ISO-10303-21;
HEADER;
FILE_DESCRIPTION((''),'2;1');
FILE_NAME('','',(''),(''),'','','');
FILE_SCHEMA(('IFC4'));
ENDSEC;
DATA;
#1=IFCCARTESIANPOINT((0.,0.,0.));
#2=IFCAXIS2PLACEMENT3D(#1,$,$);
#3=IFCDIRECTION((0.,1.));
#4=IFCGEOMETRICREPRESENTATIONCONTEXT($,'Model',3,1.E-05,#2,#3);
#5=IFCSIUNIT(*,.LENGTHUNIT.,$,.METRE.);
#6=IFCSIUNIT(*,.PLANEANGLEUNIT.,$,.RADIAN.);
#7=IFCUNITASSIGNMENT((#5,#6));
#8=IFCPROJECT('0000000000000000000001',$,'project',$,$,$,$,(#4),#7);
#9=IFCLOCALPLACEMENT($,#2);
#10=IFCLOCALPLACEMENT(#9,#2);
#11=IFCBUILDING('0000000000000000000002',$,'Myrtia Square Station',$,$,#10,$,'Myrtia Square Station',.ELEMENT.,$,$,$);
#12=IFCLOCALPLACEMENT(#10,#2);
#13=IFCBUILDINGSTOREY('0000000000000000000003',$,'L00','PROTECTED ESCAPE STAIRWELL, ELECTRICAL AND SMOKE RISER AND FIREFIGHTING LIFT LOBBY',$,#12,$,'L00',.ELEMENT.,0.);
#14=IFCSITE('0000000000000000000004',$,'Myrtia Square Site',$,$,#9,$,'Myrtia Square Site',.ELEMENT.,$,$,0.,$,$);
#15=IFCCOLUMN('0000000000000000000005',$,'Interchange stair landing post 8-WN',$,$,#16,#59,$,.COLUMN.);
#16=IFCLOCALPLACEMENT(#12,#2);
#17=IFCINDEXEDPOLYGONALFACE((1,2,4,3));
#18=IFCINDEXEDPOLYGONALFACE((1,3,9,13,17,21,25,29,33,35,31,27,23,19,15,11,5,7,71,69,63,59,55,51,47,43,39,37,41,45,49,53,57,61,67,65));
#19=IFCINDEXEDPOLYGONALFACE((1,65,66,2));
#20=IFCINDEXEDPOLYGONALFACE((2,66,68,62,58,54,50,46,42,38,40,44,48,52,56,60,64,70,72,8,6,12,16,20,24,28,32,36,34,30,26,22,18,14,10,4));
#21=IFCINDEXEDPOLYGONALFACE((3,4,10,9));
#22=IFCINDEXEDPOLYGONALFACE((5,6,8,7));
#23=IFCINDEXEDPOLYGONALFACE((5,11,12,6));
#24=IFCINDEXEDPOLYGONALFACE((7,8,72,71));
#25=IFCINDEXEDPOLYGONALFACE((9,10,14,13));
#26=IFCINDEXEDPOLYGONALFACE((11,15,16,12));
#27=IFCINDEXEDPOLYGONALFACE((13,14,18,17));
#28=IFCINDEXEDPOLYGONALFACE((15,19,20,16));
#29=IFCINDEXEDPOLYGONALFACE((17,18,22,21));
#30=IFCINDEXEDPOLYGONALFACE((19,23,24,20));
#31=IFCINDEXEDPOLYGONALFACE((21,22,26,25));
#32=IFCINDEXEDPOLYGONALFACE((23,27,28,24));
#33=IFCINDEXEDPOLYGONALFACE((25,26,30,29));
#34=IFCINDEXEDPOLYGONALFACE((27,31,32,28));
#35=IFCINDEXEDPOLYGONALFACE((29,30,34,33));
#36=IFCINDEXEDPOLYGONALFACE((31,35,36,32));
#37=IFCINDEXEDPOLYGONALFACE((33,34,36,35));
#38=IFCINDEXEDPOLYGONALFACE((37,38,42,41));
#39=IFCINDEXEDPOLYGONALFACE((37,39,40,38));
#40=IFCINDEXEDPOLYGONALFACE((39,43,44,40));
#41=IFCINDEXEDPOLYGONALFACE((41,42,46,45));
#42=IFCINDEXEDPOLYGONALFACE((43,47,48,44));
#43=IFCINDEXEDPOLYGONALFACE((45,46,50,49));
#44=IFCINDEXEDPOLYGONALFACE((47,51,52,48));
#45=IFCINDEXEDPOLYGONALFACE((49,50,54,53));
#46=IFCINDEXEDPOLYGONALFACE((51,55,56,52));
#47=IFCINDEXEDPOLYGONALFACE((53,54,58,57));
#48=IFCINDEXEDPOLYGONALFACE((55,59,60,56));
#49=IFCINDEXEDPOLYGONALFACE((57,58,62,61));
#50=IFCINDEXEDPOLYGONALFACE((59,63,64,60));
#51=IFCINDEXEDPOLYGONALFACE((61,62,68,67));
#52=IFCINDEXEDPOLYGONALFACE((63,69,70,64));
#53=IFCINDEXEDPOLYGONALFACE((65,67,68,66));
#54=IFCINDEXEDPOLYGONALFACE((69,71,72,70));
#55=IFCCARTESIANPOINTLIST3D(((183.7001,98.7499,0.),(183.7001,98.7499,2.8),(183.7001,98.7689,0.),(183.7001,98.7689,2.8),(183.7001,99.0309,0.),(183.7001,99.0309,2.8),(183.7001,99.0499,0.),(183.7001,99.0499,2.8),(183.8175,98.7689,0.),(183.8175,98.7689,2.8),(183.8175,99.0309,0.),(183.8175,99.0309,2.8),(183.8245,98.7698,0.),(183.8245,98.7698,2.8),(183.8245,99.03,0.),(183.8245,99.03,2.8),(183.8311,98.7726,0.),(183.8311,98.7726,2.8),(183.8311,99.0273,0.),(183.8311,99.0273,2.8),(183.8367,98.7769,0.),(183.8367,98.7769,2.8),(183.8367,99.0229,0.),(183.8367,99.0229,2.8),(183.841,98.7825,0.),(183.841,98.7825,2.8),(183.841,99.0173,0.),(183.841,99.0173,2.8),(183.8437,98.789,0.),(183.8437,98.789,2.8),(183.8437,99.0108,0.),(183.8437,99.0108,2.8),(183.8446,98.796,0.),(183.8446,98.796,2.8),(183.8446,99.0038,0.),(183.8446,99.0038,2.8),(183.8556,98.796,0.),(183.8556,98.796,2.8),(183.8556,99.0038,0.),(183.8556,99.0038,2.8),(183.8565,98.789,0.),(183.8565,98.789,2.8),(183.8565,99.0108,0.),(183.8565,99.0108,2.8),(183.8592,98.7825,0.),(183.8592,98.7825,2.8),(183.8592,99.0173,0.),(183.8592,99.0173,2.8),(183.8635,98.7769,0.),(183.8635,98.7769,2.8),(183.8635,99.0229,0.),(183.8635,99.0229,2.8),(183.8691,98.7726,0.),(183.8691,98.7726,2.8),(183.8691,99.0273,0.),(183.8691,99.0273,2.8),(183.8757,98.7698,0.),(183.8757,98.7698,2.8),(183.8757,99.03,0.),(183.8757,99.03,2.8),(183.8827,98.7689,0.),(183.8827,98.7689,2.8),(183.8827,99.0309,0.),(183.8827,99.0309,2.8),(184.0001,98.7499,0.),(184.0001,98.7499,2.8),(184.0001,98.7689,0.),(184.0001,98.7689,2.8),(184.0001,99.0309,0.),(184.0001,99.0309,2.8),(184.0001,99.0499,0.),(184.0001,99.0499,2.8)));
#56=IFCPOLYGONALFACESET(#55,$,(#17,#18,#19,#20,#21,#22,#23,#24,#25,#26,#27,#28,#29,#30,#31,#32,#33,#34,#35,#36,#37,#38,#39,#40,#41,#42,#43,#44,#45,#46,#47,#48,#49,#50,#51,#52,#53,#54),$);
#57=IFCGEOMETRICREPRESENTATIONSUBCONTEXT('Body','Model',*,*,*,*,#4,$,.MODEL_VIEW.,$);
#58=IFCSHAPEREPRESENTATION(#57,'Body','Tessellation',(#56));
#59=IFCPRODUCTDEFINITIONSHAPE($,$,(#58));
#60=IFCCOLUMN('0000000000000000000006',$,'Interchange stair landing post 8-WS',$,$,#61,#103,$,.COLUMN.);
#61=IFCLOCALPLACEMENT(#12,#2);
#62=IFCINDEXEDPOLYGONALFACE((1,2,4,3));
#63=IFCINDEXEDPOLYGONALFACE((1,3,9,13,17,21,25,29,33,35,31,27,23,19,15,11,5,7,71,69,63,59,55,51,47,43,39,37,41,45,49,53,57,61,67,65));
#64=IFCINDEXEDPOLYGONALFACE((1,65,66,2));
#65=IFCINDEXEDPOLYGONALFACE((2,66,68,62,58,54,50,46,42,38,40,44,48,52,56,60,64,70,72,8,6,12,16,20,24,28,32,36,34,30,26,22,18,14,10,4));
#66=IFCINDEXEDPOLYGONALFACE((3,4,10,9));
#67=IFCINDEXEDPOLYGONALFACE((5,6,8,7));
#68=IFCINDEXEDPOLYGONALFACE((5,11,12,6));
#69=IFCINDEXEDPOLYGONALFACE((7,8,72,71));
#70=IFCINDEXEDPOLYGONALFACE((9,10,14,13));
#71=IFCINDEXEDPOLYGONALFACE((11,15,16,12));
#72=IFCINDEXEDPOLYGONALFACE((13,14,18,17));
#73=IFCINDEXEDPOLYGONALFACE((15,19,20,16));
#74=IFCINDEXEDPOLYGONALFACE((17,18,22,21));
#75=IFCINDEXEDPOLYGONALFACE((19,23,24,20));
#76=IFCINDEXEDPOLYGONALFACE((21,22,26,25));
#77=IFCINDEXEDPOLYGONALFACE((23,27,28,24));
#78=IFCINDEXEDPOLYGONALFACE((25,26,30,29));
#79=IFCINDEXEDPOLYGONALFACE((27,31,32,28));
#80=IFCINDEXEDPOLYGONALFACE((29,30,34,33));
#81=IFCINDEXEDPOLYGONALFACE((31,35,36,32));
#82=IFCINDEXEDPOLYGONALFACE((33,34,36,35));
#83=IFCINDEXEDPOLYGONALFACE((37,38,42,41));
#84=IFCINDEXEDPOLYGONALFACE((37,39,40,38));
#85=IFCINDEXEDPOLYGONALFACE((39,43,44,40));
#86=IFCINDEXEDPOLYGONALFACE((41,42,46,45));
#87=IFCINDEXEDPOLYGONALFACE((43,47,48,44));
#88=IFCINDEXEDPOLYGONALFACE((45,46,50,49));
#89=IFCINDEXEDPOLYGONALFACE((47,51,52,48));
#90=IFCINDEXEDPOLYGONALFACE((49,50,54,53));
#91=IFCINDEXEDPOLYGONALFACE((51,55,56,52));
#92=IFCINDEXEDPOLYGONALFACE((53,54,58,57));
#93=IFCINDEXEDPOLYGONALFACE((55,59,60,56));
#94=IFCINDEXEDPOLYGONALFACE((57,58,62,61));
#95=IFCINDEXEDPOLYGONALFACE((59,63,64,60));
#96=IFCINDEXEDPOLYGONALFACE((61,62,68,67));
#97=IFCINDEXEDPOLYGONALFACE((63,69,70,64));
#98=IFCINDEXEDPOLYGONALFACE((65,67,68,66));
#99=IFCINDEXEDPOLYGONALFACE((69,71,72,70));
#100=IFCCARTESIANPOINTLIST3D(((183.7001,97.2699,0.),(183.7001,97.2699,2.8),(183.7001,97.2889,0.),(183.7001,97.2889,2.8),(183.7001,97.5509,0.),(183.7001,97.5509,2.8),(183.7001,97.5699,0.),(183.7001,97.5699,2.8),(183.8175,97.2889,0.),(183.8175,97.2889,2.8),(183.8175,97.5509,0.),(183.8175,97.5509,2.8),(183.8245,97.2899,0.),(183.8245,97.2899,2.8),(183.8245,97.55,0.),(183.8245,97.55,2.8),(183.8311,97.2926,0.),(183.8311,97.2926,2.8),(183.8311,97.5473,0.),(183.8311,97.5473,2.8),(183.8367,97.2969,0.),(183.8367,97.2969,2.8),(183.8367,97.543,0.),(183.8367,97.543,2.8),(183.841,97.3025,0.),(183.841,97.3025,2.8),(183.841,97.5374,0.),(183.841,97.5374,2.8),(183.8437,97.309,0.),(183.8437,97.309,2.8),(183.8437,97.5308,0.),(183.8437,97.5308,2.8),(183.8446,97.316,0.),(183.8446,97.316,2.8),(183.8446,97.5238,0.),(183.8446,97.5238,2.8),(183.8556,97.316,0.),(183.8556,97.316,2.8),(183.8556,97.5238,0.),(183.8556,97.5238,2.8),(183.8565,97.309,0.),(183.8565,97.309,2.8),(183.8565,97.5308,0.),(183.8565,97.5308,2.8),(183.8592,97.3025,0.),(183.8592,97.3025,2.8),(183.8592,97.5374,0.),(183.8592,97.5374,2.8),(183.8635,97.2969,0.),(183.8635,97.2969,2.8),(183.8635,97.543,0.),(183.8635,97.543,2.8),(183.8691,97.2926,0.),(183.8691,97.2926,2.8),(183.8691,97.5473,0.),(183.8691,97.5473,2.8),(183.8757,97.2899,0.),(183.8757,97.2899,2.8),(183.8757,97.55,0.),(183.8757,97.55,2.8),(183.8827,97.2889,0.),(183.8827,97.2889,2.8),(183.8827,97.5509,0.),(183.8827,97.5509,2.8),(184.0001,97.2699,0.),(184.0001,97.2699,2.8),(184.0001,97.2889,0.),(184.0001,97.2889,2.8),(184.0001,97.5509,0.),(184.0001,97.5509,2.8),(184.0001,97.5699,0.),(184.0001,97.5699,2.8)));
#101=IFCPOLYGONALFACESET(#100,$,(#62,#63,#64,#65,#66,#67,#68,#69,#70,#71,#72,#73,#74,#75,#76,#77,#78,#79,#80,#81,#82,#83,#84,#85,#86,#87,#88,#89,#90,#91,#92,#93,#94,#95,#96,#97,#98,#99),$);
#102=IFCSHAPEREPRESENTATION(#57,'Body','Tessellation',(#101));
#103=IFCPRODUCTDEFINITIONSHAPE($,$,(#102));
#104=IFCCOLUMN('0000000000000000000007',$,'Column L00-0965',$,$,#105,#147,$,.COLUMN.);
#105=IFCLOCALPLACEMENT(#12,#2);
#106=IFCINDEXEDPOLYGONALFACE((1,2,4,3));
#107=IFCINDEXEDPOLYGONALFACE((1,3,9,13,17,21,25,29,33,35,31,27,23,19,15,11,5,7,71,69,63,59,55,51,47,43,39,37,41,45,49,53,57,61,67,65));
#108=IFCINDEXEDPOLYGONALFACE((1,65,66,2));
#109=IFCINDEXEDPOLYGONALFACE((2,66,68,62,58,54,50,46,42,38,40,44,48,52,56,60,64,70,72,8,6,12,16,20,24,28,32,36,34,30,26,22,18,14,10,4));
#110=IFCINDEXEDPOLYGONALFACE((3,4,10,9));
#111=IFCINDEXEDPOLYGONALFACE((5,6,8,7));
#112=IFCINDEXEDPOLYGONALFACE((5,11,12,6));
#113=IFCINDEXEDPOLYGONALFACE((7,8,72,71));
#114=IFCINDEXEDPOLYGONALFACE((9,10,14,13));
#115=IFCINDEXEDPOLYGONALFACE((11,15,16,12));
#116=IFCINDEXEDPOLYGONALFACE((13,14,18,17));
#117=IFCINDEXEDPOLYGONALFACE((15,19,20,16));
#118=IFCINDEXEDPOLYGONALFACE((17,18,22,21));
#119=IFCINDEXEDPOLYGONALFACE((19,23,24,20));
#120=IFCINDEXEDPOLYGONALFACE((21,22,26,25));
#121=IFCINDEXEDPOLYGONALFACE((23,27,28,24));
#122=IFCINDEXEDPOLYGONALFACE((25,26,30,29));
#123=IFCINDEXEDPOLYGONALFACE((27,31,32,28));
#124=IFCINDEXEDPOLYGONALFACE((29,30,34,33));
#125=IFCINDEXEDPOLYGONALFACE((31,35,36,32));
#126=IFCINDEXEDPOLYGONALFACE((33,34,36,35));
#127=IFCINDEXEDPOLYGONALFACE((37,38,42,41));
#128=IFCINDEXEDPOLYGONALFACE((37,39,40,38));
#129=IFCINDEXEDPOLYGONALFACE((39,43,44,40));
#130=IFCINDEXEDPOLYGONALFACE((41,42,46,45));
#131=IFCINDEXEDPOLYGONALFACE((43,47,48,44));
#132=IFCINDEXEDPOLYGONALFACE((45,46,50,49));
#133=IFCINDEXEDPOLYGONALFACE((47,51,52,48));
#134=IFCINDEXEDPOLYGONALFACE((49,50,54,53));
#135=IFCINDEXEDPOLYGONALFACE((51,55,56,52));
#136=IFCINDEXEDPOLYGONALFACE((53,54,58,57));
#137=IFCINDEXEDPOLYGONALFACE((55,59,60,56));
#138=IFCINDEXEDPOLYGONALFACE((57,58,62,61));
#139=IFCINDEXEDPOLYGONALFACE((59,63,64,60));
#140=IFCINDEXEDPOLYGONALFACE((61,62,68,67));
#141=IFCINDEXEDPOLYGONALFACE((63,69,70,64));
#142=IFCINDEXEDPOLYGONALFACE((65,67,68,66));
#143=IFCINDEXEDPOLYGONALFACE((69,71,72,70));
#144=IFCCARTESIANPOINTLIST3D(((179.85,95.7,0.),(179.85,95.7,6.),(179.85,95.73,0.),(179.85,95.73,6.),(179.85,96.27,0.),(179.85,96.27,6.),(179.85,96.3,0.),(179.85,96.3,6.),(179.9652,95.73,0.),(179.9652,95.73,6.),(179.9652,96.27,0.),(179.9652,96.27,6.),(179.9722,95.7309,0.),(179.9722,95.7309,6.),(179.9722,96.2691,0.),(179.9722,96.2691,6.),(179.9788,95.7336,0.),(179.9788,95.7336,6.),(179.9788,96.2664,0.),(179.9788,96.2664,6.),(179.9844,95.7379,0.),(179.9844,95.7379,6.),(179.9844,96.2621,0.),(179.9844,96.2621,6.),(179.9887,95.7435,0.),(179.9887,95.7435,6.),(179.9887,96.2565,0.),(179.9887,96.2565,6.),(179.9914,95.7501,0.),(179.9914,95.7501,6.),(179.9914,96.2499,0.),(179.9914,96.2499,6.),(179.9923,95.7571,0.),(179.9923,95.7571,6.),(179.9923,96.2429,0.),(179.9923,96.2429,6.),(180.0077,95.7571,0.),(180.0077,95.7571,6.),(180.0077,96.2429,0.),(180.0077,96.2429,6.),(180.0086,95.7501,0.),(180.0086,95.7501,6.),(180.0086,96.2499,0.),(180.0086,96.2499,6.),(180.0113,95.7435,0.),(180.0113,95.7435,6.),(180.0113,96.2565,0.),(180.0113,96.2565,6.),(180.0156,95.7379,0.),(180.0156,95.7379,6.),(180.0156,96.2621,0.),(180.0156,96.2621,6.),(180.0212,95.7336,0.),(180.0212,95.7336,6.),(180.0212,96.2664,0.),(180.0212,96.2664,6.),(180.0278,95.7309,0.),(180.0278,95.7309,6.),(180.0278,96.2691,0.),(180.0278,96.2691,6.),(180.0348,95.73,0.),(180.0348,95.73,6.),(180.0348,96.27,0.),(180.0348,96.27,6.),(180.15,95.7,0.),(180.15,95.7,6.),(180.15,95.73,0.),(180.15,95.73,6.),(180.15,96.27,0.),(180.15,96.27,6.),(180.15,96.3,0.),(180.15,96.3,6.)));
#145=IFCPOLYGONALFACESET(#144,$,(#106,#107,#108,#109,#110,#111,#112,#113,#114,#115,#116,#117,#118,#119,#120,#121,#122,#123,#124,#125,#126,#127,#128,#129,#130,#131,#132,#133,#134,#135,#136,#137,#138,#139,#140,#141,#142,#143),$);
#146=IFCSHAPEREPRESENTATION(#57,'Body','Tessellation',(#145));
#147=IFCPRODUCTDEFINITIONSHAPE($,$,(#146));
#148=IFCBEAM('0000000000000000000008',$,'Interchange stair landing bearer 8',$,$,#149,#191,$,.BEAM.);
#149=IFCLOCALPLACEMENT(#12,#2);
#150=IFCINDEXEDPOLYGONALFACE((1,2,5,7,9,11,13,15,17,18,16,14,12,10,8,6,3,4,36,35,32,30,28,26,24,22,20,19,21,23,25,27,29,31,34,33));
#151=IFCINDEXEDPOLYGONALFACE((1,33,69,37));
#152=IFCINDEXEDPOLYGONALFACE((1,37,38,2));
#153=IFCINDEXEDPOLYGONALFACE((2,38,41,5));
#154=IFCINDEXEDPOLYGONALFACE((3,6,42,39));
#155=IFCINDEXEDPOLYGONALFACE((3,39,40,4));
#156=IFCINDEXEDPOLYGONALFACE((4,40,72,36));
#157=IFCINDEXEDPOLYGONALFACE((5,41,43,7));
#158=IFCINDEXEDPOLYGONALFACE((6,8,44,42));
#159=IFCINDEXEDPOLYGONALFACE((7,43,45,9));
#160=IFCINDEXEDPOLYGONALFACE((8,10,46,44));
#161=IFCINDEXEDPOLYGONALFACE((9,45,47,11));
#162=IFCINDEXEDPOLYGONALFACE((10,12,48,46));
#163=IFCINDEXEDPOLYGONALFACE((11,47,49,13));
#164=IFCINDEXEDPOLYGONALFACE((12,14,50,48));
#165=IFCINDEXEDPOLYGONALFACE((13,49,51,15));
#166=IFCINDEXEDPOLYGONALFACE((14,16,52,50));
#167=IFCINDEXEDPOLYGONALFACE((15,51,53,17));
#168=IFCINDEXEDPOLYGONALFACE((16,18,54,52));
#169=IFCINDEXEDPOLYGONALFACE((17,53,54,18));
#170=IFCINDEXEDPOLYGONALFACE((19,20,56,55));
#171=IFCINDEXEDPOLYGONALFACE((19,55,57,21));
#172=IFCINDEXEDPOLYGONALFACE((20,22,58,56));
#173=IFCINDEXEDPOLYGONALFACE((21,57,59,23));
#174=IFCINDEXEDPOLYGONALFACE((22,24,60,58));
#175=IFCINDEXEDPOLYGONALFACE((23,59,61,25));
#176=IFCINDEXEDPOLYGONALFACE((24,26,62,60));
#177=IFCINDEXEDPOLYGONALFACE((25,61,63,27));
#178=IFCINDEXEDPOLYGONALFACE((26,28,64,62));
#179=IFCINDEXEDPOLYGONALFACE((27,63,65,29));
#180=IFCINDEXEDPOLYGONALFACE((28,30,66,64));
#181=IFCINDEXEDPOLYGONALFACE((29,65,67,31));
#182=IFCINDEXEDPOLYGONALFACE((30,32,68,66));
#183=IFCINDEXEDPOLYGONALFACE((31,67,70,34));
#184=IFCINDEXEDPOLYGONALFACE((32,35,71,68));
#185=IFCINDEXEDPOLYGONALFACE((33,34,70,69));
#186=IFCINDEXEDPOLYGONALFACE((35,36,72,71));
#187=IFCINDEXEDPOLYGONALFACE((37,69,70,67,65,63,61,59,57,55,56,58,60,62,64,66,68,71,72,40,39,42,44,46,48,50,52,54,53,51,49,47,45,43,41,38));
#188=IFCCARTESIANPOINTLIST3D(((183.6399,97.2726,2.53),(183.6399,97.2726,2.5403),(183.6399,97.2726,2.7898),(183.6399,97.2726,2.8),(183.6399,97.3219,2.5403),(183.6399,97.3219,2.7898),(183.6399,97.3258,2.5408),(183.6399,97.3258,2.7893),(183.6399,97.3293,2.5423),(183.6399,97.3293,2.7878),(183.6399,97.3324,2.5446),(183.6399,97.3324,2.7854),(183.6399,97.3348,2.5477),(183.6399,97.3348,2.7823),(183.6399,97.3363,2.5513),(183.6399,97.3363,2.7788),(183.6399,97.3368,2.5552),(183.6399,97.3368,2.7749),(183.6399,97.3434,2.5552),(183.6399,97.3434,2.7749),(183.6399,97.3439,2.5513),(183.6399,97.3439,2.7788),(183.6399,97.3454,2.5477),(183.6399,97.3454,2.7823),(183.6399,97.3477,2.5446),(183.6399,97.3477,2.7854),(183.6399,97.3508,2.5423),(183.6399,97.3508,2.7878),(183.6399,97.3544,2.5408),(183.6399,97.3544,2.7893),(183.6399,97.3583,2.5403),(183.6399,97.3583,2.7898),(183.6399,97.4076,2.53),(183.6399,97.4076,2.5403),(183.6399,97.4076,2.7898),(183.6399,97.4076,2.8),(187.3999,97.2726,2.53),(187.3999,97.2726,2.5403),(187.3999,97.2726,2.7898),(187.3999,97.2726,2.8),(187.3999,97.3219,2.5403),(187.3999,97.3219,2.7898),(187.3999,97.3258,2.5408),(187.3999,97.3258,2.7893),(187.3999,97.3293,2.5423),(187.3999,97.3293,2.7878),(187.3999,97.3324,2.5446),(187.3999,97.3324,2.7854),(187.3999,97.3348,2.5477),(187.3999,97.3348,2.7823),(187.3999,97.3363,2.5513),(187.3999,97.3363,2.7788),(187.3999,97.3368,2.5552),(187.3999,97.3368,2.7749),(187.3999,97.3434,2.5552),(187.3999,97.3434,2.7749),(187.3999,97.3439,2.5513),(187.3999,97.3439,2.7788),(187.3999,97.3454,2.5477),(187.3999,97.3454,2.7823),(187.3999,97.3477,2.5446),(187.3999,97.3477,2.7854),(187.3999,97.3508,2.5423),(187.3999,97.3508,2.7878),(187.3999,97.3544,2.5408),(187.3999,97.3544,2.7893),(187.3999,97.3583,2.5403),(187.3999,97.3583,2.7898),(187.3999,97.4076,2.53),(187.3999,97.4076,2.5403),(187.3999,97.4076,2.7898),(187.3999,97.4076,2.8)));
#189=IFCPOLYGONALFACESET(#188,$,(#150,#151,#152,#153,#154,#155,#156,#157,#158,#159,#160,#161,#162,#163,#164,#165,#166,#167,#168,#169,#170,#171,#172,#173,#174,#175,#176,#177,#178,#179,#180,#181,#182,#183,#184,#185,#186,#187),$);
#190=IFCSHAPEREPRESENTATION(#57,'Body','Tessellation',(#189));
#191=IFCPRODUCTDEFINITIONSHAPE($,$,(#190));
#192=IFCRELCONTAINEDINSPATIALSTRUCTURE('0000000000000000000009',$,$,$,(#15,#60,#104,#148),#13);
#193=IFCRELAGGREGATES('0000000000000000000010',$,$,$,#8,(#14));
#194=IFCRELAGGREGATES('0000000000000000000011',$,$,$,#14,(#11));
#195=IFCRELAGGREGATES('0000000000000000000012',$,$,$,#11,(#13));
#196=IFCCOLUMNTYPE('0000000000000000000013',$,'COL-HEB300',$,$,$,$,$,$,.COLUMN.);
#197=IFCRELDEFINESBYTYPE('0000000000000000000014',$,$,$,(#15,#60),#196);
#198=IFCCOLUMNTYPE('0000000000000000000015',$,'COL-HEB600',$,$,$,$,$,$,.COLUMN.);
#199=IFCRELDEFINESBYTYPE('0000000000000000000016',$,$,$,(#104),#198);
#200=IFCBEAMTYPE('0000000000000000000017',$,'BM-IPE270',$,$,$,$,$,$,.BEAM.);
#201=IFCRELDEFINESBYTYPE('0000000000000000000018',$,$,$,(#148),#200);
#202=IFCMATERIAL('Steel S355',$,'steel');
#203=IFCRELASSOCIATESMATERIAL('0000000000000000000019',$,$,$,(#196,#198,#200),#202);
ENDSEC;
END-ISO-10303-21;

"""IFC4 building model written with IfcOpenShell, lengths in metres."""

from ifc_helpers import new_model, si_unit, direction, frame, origin, origin_2d, place, context, subcontext, project, spatial, i_section, extrude, material, material_profile, profile_set, type_object, element, save


model = new_model("IFC4")

# Units and contexts
model_context = context("Model", 3, precision=1e-05, world=origin(), true_north=direction((0.0, 1.0)))
body_context = subcontext(model_context, "Body", "Model", "MODEL_VIEW")
ifc_project = project(units=[si_unit("LENGTHUNIT", "METRE"), si_unit("PLANEANGLEUNIT", "RADIAN")], contexts=[model_context])

# Site, building, storey
site_placement = place(None, origin())
site = spatial("IfcSite", under=ifc_project, at=site_placement, Name="Myrtia Square Site", LongName="Myrtia Square Site", CompositionType="ELEMENT", RefElevation=0.0)
building_placement = place(site_placement, origin())
building = spatial("IfcBuilding", under=site, at=building_placement, Name="Myrtia Square Station", LongName="Myrtia Square Station", CompositionType="ELEMENT")
storey_placement = place(building_placement, origin())
storey = spatial("IfcBuildingStorey", under=building, at=storey_placement, Name="L00", Description="PROTECTED ESCAPE STAIRWELL, ELECTRICAL AND SMOKE RISER AND FIREFIGHTING LIFT LOBBY", LongName="L00", CompositionType="ELEMENT", Elevation=0.0)

# Columns
ifc_material_1 = material(Name="Steel S355", Category="steel")
ifc_material_profile_1 = material_profile(ifc_material_1, i_section(OverallWidth=0.3, OverallDepth=0.3, WebThickness=0.011, FlangeThickness=0.019, FilletRadius=0.0271, at=origin_2d()), Name="HEB 300")
ifc_profile_set_1 = profile_set([ifc_material_profile_1], Name="Steel S355")
column_type_1 = type_object("IfcColumnType", Name="COL-HEB300", PredefinedType="COLUMN", material=ifc_profile_set_1)
for number, where, z_axis, x_axis, name in (
    (1, (183.8501, 98.8999, 0.0), (0.0, 0.0, 1.0), (1.0, 0.0, 0.0), "Interchange stair landing post 8-WN"),
    (2, (183.8501, 97.4199, 0.0), (0.0, 0.0, 1.0), (1.0, 0.0, 0.0), "Interchange stair landing post 8-WS"),
):
    element("IfcColumn", number, at=place(storey_placement, frame(where, z_axis=z_axis, x_axis=x_axis)), inside=storey, type_object=column_type_1, Name=name, PredefinedType="COLUMN", context=body_context, shape_type="SweptSolid", body=[
        extrude(i_section(OverallWidth=0.3, OverallDepth=0.3, WebThickness=0.011, FlangeThickness=0.019, FilletRadius=0.0271, at=origin_2d()), origin(), (0.0, 0.0, 1.0), 2.8),
    ])
ifc_material_profile_2 = material_profile(ifc_material_1, i_section(OverallWidth=0.3, OverallDepth=0.6001, WebThickness=0.0154, FlangeThickness=0.03, FilletRadius=0.0271, at=origin_2d()), Name="HEB 600")
ifc_profile_set_2 = profile_set([ifc_material_profile_2], Name="Steel S355")
column_type_2 = type_object("IfcColumnType", Name="COL-HEB600", PredefinedType="COLUMN", material=ifc_profile_set_2)
column_placement = place(storey_placement, frame((180.0, 96.0, 0.0), z_axis=(0.0, 0.0, 1.0), x_axis=(1.0, 0.0, 0.0)))
element("IfcColumn", 3, at=column_placement, inside=storey, type_object=column_type_2, Name="Column L00-0965", PredefinedType="COLUMN", context=body_context, shape_type="SweptSolid", body=[
    extrude(i_section(OverallWidth=0.3, OverallDepth=0.6001, WebThickness=0.0154, FlangeThickness=0.03, FilletRadius=0.0271, at=origin_2d()), origin(), (0.0, 0.0, 1.0), 6.0),
])

# Beam
ifc_material_profile_3 = material_profile(ifc_material_1, i_section(OverallWidth=0.135, OverallDepth=0.27, WebThickness=0.0066, FlangeThickness=0.0103, FilletRadius=0.0149, at=origin_2d()), Name="IPE 270")
ifc_profile_set_3 = profile_set([ifc_material_profile_3], Name="Steel S355")
beam_type_1 = type_object("IfcBeamType", Name="BM-IPE270", PredefinedType="BEAM", material=ifc_profile_set_3)
beam_1_placement = place(storey_placement, frame((183.6399, 97.3401, 2.665), z_axis=(1.0, 0.0, 0.0), x_axis=(0.0, 1.0, 0.0)))
element("IfcBeam", 4, at=beam_1_placement, inside=storey, type_object=beam_type_1, Name="Interchange stair landing bearer 8", PredefinedType="BEAM", context=body_context, shape_type="SweptSolid", body=[
    extrude(i_section(OverallWidth=0.135, OverallDepth=0.27, WebThickness=0.0066, FlangeThickness=0.0103, FilletRadius=0.0149, at=origin_2d()), origin(), (0.0, 0.0, 1.0), 3.76),
])

save(model, "model.ifc")
